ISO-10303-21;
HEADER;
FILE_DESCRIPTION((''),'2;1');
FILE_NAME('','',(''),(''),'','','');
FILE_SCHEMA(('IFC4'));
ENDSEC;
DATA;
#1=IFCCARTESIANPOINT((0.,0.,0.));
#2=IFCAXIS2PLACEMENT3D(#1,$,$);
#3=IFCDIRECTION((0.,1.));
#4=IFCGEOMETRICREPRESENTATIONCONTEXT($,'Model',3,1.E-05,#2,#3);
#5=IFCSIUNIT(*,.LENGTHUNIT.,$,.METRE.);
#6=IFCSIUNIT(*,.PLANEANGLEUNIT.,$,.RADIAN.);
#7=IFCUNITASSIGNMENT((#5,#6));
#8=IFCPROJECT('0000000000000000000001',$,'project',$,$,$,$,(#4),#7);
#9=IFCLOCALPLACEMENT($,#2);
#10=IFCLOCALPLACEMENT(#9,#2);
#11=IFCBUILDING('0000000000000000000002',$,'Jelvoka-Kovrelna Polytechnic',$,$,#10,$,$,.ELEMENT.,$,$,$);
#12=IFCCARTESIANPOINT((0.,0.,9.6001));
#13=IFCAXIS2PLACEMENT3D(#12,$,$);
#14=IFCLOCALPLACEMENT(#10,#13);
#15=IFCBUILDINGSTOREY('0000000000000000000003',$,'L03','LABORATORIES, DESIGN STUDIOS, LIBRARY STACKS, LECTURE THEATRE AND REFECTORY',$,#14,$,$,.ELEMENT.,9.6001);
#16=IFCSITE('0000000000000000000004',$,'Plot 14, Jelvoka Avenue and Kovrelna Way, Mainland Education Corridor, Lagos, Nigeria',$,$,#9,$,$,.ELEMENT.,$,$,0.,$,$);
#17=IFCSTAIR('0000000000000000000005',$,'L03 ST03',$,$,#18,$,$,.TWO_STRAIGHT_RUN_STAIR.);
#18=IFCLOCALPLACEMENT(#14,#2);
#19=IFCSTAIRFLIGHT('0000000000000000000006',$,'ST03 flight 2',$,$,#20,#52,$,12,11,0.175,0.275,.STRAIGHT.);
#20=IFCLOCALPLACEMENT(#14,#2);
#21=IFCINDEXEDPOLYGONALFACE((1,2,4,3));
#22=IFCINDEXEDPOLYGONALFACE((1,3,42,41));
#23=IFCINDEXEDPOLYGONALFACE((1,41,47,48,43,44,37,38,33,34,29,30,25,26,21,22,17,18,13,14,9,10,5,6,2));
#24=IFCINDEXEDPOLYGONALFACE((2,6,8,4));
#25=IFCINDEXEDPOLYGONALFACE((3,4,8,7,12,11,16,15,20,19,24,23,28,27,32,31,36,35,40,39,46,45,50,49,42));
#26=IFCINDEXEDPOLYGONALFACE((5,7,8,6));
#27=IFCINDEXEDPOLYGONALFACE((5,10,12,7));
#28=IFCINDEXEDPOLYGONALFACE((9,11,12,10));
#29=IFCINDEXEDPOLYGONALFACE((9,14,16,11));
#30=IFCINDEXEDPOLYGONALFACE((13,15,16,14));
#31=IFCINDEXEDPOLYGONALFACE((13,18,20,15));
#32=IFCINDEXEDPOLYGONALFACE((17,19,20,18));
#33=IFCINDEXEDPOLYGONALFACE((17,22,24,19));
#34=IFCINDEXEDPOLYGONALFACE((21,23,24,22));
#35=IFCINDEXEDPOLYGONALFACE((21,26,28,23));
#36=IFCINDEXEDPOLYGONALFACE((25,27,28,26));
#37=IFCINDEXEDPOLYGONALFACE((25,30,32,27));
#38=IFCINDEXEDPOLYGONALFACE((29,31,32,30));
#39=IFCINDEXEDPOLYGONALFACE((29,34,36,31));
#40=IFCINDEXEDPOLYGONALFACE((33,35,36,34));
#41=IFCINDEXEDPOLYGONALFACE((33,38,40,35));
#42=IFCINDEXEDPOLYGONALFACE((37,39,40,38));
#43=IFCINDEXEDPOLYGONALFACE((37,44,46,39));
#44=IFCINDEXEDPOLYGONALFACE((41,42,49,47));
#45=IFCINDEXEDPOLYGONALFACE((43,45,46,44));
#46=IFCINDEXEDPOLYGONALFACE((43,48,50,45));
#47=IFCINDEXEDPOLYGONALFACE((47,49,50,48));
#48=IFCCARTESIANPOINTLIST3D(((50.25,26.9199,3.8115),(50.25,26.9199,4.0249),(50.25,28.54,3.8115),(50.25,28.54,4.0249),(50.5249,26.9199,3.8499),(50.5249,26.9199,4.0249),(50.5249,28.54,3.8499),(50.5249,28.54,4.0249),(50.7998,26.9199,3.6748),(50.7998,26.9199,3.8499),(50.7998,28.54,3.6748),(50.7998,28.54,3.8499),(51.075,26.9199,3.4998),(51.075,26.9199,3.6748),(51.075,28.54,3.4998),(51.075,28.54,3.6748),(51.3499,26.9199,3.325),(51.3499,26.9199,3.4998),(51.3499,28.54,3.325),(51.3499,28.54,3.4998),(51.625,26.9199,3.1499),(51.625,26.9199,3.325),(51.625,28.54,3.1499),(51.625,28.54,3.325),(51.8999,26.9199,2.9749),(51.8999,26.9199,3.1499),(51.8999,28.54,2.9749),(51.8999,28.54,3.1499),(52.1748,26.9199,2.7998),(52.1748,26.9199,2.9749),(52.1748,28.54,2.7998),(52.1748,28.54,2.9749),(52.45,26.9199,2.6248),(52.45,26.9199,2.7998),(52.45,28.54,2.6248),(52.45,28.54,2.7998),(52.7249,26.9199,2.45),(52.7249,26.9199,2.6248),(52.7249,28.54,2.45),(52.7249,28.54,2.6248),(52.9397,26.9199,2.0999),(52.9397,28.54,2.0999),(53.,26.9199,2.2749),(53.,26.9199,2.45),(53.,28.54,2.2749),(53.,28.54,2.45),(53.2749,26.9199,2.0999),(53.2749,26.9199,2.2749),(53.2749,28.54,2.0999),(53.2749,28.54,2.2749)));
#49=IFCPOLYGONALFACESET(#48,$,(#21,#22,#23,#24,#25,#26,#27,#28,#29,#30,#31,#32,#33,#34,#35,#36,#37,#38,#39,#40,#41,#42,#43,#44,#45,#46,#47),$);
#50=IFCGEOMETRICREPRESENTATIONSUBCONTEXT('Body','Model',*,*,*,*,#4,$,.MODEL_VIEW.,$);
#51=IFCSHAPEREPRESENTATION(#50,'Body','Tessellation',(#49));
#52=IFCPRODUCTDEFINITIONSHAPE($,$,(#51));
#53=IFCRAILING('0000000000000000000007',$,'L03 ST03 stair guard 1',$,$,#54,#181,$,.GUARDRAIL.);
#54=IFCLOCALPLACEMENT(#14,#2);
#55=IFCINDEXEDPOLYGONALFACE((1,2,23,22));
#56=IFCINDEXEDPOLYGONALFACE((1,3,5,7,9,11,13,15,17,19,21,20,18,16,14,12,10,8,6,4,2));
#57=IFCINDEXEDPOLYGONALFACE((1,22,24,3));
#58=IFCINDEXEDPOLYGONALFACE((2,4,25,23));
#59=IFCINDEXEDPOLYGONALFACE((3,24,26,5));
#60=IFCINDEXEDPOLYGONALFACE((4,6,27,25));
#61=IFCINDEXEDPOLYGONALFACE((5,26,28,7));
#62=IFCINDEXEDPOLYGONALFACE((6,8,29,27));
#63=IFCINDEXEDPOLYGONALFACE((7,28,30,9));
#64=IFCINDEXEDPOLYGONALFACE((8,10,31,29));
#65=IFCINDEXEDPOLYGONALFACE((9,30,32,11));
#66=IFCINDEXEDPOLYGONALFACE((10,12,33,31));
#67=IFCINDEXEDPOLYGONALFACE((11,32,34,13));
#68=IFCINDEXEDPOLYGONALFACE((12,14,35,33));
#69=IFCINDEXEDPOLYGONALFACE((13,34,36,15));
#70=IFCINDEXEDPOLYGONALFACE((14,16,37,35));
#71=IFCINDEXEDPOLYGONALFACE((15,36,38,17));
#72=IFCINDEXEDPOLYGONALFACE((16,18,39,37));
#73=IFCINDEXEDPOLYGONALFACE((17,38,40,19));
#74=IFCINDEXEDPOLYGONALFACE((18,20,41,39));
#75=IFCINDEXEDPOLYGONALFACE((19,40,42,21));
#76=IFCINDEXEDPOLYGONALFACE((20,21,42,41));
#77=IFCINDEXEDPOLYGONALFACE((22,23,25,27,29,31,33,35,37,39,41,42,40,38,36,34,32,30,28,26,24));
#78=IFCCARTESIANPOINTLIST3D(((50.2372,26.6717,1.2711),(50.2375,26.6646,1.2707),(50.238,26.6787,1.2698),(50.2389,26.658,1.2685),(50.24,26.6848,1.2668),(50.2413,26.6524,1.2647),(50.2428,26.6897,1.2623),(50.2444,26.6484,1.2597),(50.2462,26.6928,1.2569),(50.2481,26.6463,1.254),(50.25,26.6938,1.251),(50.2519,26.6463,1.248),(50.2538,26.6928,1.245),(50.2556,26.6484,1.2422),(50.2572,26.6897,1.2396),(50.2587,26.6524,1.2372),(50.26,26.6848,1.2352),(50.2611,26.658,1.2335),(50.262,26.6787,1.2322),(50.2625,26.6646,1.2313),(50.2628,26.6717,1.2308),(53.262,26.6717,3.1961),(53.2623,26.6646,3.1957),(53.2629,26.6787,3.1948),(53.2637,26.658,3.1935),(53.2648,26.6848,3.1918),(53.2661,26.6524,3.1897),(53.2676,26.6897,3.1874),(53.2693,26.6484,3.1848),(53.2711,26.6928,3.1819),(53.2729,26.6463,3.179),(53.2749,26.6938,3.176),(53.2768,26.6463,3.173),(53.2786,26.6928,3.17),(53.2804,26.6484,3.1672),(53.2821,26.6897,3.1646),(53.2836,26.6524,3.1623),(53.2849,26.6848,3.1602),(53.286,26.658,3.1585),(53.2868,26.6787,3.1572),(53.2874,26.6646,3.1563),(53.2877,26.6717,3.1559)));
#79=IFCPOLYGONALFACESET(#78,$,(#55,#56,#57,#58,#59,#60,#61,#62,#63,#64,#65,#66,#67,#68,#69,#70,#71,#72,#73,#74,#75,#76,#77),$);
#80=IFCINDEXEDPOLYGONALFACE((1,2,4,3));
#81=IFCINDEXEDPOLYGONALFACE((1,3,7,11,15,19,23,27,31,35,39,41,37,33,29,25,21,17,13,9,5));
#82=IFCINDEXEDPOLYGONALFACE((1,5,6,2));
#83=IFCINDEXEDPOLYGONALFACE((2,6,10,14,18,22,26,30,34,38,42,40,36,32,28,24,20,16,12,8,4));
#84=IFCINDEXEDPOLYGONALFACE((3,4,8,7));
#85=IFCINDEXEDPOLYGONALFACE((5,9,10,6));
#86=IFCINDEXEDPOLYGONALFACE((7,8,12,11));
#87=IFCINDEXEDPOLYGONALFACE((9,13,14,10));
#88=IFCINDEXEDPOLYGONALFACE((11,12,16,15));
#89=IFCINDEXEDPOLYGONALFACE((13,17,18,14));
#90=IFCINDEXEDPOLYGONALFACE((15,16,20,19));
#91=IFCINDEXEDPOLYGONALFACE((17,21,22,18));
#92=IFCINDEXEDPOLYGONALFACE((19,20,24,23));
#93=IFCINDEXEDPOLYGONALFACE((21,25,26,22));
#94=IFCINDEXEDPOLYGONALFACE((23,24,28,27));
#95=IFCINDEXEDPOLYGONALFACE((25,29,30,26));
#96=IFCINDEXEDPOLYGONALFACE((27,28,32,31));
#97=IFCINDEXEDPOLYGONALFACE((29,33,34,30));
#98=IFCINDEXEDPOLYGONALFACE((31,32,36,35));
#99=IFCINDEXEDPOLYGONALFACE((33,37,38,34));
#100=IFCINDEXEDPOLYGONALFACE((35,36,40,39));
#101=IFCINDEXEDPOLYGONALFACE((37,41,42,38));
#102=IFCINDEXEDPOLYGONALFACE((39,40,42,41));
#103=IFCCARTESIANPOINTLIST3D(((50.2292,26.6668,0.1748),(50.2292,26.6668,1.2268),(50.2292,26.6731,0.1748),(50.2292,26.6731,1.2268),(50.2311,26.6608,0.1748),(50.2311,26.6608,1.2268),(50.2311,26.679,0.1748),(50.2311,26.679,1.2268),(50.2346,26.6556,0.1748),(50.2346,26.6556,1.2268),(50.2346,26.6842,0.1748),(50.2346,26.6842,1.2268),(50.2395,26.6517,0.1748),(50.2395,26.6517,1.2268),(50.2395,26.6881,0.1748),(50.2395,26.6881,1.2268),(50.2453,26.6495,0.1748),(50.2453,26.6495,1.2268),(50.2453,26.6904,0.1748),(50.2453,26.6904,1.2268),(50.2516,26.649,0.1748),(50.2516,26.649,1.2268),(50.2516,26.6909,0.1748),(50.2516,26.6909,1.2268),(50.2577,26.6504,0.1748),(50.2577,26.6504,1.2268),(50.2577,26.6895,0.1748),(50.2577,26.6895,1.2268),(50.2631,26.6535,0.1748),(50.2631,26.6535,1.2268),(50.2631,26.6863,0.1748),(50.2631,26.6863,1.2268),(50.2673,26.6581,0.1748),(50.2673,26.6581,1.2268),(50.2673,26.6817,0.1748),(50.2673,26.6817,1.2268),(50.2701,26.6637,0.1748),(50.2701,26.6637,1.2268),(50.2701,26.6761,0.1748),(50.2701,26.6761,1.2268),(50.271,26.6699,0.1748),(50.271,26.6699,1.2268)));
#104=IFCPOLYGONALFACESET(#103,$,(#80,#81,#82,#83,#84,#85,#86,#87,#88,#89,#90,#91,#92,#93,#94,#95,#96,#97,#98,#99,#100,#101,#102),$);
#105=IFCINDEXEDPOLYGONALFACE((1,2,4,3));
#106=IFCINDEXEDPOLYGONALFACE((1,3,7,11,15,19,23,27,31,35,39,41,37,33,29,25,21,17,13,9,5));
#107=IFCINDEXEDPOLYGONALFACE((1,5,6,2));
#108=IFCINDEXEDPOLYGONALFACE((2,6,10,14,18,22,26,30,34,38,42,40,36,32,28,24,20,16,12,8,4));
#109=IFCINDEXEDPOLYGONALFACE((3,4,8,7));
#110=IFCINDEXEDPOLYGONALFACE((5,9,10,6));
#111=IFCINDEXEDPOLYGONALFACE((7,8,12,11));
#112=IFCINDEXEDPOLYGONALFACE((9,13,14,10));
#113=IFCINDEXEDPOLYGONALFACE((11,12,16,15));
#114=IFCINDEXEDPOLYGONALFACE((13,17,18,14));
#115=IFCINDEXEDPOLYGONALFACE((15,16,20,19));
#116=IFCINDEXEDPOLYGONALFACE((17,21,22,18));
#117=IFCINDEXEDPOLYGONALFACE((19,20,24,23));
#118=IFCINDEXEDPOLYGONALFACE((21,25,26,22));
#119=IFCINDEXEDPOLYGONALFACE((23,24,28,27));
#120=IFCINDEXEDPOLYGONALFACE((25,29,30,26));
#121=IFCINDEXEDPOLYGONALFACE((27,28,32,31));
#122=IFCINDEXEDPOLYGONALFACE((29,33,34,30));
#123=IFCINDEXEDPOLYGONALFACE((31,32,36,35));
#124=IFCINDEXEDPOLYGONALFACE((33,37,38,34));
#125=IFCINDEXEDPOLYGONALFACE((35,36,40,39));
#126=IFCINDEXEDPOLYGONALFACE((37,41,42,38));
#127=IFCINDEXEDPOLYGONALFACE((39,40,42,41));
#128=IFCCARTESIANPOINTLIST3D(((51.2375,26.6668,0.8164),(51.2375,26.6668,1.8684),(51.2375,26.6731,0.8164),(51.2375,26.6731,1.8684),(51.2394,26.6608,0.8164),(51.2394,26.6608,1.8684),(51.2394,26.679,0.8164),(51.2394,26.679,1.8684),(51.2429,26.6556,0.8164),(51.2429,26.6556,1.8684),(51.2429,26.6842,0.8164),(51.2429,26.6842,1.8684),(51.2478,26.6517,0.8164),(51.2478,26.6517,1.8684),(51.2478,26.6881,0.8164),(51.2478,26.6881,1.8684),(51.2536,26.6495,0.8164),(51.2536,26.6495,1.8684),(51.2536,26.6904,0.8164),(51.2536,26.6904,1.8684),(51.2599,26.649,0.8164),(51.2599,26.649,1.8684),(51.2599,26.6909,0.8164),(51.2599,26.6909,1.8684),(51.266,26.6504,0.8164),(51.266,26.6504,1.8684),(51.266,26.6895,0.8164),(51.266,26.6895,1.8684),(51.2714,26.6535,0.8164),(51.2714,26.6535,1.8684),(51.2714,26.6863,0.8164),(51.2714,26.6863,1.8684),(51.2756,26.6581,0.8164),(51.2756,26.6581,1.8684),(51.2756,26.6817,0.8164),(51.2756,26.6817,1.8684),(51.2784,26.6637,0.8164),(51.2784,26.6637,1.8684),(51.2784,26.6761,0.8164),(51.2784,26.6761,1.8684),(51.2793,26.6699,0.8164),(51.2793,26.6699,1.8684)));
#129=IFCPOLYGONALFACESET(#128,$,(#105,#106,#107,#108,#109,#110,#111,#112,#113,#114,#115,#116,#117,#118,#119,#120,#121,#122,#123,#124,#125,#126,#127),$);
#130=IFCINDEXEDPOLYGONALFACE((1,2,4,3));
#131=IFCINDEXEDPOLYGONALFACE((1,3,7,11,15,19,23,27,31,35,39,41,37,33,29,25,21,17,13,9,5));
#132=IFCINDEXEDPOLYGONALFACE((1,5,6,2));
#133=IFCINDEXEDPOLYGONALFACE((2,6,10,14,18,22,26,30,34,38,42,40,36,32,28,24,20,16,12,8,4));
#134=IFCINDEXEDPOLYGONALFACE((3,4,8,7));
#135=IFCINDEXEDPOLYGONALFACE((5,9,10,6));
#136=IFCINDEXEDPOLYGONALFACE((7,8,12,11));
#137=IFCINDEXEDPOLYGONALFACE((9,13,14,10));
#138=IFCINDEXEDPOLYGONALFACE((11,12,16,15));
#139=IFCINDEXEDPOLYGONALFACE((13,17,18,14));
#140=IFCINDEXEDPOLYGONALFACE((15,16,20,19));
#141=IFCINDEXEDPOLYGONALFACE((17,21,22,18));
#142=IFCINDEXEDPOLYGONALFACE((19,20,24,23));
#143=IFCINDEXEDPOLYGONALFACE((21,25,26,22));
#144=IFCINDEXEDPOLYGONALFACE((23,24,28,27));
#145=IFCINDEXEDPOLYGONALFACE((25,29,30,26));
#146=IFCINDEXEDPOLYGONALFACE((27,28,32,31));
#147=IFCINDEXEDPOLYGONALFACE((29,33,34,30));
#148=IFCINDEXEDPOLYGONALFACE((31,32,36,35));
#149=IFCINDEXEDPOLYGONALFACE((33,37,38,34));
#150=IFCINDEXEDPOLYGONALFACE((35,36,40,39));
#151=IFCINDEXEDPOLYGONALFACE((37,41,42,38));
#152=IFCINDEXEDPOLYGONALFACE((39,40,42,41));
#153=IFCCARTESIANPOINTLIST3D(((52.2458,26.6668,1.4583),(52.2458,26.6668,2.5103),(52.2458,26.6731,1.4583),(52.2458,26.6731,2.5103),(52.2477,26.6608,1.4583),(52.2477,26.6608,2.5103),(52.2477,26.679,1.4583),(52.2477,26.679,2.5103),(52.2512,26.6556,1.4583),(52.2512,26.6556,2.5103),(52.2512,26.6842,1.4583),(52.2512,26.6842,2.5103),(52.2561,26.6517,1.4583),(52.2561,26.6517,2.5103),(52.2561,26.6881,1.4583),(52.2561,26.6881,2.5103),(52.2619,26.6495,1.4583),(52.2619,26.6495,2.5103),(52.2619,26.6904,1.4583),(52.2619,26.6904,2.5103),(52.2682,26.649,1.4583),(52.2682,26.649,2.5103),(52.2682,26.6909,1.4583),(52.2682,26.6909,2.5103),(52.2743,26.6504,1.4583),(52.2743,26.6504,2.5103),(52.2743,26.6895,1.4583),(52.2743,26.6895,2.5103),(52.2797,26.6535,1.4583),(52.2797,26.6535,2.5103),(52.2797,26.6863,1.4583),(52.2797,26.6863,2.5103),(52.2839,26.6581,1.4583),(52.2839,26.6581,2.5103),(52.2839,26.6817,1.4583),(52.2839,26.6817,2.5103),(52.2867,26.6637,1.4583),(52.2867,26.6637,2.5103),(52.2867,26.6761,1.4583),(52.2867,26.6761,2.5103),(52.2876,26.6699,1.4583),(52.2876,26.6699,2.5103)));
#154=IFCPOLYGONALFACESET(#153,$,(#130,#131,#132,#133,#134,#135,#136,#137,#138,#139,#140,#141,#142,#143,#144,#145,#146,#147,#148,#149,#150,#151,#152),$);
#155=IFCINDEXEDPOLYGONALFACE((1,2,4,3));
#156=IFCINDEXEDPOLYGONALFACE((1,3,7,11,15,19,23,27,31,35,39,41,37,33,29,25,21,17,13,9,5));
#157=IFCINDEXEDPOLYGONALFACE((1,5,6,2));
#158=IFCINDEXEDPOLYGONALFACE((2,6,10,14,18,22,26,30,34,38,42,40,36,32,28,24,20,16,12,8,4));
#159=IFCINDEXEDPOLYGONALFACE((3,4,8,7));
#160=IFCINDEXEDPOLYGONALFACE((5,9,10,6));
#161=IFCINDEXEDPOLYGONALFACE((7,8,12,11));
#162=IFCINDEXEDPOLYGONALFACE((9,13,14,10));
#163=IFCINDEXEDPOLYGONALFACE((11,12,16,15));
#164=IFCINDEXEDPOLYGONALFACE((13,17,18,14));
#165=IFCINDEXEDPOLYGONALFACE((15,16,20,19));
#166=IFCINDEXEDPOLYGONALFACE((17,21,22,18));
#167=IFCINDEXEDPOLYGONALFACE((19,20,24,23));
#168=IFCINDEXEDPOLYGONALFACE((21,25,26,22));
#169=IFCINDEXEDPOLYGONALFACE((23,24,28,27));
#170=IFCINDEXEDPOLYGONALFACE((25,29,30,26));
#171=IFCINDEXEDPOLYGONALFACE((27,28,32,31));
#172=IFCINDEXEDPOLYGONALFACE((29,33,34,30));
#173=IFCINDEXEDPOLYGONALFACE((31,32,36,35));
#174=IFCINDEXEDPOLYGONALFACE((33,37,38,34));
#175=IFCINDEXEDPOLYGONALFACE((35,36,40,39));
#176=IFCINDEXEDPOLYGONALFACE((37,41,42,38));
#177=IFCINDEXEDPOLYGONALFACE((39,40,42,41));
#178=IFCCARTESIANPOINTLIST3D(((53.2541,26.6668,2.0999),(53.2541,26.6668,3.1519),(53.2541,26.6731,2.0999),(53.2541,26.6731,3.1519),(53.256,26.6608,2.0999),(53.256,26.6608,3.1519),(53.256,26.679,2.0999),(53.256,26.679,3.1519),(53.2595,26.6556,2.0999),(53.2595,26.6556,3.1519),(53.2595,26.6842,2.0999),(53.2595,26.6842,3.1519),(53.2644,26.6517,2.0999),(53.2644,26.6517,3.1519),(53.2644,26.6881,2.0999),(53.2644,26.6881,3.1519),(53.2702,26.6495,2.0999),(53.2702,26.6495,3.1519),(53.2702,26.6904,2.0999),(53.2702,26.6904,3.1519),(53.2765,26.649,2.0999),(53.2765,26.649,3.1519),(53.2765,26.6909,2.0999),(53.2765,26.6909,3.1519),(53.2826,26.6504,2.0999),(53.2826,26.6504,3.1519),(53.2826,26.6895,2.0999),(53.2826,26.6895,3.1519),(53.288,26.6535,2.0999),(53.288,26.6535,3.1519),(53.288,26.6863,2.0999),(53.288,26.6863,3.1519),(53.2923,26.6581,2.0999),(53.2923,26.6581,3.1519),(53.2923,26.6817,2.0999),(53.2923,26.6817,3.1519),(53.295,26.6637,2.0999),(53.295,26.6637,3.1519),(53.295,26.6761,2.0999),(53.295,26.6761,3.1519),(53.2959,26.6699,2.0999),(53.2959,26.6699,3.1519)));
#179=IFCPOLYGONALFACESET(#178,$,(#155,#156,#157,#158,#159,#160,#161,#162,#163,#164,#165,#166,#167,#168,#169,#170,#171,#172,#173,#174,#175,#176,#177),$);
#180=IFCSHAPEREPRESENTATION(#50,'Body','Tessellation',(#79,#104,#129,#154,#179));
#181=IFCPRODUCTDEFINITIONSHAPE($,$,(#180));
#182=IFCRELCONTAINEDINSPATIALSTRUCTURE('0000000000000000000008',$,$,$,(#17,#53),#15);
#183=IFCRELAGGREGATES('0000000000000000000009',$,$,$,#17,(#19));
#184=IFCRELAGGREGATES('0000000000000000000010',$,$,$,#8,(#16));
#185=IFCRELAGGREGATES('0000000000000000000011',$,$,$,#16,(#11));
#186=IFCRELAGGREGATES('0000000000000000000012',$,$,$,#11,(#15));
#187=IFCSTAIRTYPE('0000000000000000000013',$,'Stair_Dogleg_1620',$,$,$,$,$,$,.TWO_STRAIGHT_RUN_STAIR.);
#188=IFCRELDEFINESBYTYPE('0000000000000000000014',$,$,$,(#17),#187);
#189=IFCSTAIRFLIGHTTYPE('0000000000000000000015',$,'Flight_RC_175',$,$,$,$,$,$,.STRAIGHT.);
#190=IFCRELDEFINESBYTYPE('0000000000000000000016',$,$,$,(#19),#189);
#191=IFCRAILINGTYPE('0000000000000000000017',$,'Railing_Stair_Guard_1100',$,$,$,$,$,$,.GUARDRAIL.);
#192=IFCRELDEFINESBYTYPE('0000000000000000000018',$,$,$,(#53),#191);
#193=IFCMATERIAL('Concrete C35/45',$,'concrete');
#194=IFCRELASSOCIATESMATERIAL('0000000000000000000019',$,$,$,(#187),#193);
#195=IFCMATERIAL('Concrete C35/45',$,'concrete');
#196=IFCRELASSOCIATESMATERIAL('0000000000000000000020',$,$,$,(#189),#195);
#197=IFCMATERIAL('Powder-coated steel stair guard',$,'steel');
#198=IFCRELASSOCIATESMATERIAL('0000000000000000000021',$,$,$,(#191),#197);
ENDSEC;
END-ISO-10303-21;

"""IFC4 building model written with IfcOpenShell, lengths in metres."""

from ifc_helpers import new_model, si_unit, direction, frame, origin, origin_2d, place, context, subcontext, project, spatial, polyline, circle, outline, extrude, material, type_object, element, aggregate, save


model = new_model("IFC4")

# Units and contexts
model_context = context("Model", 3, precision=1e-05, world=origin(), true_north=direction((0.0, 1.0)))
body_context = subcontext(model_context, "Body", "Model", "MODEL_VIEW")
ifc_project = project(units=[si_unit("LENGTHUNIT", "METRE"), si_unit("PLANEANGLEUNIT", "RADIAN")], contexts=[model_context])

# Site, building, storey
site_placement = place(None, origin())
site = spatial("IfcSite", under=ifc_project, at=site_placement, Name="Plot 14, Jelvoka Avenue and Kovrelna Way, Mainland Education Corridor, Lagos, Nigeria", CompositionType="ELEMENT", RefElevation=0.0)
building_placement = place(site_placement, origin())
building = spatial("IfcBuilding", under=site, at=building_placement, Name="Jelvoka-Kovrelna Polytechnic", CompositionType="ELEMENT")
storey_placement = place(building_placement, frame((0.0, 0.0, 9.6001)))
storey = spatial("IfcBuildingStorey", under=building, at=storey_placement, Name="L03", Description="LABORATORIES, DESIGN STUDIOS, LIBRARY STACKS, LECTURE THEATRE AND REFECTORY", CompositionType="ELEMENT", Elevation=9.6001)

# Stair, stair flight
ifc_material_1 = material(Name="Concrete C35/45", Category="concrete")
stair_type = type_object("IfcStairType", Name="Stair_Dogleg_1620", PredefinedType="TWO_STRAIGHT_RUN_STAIR", material=ifc_material_1)
stair_placement = place(storey_placement, origin())
stair = element("IfcStair", 1, at=stair_placement, inside=storey, type_object=stair_type, Name="L03 ST03", PredefinedType="TWO_STRAIGHT_RUN_STAIR")
ifc_material_2 = material(Name="Concrete C35/45", Category="concrete")
stair_flight_type = type_object("IfcStairFlightType", Name="Flight_RC_175", PredefinedType="STRAIGHT", material=ifc_material_2)
stair_flight_1_placement = place(storey_placement, frame((53.2749, 27.73, 2.0999), z_axis=(0.0, 0.0, 1.0), x_axis=(-1.0, 0.0, 0.0)))
stair_flight_1 = element("IfcStairFlight", 2, at=stair_flight_1_placement, type_object=stair_flight_type, Name="ST03 flight 2", NumberOfRisers=12, NumberOfTreads=11, PredefinedType="STRAIGHT", RiserHeight=0.175, TreadLength=0.275, context=body_context, shape_type="SweptSolid", body=[
    extrude(outline(polyline([(0.0, 0.0), (0.0, 0.175), (0.2749, 0.175), (0.2749, 0.3501), (0.55, 0.3501), (0.55, 0.5249), (0.825, 0.5249), (0.825, 0.7), (1.1001, 0.7), (1.1001, 0.875), (1.375, 0.875), (1.375, 1.05), (1.6499, 1.05), (1.6499, 1.2251), (1.925, 1.2251), (1.925, 1.3999), (2.2, 1.3999), (2.2, 1.575), (2.4751, 1.575), (2.4751, 1.75), (2.75, 1.75), (2.75, 1.925), (3.0249, 1.925), (3.0249, 2.1001), (3.0249, 1.7117), (0.3352, 0.0), (0.0, 0.0)])), frame((0.0, 0.8101, 0.0), z_axis=(0.0, -1.0, 0.0), x_axis=(1.0, 0.0, 0.0)), (0.0, 0.0, 1.0), 1.6201),
])
aggregate(stair, [stair_flight_1])

# Railing
ifc_material_3 = material(Name="Powder-coated steel stair guard", Category="steel")
railing_type_1 = type_object("IfcRailingType", Name="Railing_Stair_Guard_1100", PredefinedType="GUARDRAIL", material=ifc_material_3)
railing_1_placement = place(storey_placement, frame((50.25, 26.6699, 0.1748)))
element("IfcRailing", 3, at=railing_1_placement, inside=storey, type_object=railing_type_1, Name="L03 ST03 stair guard 1", PredefinedType="GUARDRAIL", context=body_context, shape_type="SweptSolid", body=[
    extrude(circle(Radius=0.0239, at=origin_2d()), frame((0.0, 0.0, 1.0762), z_axis=(0.843647, 0.0, 0.536898), x_axis=(0.0, 1.0, 0.0)), (0.0, 0.0, 1.0), 3.5854),
    extrude(circle(Radius=0.021, at=origin_2d()), origin(), (0.0, 0.0, 1.0), 1.052),
    extrude(circle(Radius=0.021, at=origin_2d()), frame((1.0083, 0.0, 0.6416)), (0.0, 0.0, 1.0), 1.052),
    extrude(circle(Radius=0.021, at=origin_2d()), frame((2.0166, 0.0, 1.2834)), (0.0, 0.0, 1.0), 1.052),
    extrude(circle(Radius=0.021, at=origin_2d()), frame((3.0249, 0.0, 1.925)), (0.0, 0.0, 1.0), 1.052),
])

save(model, "model.ifc")
